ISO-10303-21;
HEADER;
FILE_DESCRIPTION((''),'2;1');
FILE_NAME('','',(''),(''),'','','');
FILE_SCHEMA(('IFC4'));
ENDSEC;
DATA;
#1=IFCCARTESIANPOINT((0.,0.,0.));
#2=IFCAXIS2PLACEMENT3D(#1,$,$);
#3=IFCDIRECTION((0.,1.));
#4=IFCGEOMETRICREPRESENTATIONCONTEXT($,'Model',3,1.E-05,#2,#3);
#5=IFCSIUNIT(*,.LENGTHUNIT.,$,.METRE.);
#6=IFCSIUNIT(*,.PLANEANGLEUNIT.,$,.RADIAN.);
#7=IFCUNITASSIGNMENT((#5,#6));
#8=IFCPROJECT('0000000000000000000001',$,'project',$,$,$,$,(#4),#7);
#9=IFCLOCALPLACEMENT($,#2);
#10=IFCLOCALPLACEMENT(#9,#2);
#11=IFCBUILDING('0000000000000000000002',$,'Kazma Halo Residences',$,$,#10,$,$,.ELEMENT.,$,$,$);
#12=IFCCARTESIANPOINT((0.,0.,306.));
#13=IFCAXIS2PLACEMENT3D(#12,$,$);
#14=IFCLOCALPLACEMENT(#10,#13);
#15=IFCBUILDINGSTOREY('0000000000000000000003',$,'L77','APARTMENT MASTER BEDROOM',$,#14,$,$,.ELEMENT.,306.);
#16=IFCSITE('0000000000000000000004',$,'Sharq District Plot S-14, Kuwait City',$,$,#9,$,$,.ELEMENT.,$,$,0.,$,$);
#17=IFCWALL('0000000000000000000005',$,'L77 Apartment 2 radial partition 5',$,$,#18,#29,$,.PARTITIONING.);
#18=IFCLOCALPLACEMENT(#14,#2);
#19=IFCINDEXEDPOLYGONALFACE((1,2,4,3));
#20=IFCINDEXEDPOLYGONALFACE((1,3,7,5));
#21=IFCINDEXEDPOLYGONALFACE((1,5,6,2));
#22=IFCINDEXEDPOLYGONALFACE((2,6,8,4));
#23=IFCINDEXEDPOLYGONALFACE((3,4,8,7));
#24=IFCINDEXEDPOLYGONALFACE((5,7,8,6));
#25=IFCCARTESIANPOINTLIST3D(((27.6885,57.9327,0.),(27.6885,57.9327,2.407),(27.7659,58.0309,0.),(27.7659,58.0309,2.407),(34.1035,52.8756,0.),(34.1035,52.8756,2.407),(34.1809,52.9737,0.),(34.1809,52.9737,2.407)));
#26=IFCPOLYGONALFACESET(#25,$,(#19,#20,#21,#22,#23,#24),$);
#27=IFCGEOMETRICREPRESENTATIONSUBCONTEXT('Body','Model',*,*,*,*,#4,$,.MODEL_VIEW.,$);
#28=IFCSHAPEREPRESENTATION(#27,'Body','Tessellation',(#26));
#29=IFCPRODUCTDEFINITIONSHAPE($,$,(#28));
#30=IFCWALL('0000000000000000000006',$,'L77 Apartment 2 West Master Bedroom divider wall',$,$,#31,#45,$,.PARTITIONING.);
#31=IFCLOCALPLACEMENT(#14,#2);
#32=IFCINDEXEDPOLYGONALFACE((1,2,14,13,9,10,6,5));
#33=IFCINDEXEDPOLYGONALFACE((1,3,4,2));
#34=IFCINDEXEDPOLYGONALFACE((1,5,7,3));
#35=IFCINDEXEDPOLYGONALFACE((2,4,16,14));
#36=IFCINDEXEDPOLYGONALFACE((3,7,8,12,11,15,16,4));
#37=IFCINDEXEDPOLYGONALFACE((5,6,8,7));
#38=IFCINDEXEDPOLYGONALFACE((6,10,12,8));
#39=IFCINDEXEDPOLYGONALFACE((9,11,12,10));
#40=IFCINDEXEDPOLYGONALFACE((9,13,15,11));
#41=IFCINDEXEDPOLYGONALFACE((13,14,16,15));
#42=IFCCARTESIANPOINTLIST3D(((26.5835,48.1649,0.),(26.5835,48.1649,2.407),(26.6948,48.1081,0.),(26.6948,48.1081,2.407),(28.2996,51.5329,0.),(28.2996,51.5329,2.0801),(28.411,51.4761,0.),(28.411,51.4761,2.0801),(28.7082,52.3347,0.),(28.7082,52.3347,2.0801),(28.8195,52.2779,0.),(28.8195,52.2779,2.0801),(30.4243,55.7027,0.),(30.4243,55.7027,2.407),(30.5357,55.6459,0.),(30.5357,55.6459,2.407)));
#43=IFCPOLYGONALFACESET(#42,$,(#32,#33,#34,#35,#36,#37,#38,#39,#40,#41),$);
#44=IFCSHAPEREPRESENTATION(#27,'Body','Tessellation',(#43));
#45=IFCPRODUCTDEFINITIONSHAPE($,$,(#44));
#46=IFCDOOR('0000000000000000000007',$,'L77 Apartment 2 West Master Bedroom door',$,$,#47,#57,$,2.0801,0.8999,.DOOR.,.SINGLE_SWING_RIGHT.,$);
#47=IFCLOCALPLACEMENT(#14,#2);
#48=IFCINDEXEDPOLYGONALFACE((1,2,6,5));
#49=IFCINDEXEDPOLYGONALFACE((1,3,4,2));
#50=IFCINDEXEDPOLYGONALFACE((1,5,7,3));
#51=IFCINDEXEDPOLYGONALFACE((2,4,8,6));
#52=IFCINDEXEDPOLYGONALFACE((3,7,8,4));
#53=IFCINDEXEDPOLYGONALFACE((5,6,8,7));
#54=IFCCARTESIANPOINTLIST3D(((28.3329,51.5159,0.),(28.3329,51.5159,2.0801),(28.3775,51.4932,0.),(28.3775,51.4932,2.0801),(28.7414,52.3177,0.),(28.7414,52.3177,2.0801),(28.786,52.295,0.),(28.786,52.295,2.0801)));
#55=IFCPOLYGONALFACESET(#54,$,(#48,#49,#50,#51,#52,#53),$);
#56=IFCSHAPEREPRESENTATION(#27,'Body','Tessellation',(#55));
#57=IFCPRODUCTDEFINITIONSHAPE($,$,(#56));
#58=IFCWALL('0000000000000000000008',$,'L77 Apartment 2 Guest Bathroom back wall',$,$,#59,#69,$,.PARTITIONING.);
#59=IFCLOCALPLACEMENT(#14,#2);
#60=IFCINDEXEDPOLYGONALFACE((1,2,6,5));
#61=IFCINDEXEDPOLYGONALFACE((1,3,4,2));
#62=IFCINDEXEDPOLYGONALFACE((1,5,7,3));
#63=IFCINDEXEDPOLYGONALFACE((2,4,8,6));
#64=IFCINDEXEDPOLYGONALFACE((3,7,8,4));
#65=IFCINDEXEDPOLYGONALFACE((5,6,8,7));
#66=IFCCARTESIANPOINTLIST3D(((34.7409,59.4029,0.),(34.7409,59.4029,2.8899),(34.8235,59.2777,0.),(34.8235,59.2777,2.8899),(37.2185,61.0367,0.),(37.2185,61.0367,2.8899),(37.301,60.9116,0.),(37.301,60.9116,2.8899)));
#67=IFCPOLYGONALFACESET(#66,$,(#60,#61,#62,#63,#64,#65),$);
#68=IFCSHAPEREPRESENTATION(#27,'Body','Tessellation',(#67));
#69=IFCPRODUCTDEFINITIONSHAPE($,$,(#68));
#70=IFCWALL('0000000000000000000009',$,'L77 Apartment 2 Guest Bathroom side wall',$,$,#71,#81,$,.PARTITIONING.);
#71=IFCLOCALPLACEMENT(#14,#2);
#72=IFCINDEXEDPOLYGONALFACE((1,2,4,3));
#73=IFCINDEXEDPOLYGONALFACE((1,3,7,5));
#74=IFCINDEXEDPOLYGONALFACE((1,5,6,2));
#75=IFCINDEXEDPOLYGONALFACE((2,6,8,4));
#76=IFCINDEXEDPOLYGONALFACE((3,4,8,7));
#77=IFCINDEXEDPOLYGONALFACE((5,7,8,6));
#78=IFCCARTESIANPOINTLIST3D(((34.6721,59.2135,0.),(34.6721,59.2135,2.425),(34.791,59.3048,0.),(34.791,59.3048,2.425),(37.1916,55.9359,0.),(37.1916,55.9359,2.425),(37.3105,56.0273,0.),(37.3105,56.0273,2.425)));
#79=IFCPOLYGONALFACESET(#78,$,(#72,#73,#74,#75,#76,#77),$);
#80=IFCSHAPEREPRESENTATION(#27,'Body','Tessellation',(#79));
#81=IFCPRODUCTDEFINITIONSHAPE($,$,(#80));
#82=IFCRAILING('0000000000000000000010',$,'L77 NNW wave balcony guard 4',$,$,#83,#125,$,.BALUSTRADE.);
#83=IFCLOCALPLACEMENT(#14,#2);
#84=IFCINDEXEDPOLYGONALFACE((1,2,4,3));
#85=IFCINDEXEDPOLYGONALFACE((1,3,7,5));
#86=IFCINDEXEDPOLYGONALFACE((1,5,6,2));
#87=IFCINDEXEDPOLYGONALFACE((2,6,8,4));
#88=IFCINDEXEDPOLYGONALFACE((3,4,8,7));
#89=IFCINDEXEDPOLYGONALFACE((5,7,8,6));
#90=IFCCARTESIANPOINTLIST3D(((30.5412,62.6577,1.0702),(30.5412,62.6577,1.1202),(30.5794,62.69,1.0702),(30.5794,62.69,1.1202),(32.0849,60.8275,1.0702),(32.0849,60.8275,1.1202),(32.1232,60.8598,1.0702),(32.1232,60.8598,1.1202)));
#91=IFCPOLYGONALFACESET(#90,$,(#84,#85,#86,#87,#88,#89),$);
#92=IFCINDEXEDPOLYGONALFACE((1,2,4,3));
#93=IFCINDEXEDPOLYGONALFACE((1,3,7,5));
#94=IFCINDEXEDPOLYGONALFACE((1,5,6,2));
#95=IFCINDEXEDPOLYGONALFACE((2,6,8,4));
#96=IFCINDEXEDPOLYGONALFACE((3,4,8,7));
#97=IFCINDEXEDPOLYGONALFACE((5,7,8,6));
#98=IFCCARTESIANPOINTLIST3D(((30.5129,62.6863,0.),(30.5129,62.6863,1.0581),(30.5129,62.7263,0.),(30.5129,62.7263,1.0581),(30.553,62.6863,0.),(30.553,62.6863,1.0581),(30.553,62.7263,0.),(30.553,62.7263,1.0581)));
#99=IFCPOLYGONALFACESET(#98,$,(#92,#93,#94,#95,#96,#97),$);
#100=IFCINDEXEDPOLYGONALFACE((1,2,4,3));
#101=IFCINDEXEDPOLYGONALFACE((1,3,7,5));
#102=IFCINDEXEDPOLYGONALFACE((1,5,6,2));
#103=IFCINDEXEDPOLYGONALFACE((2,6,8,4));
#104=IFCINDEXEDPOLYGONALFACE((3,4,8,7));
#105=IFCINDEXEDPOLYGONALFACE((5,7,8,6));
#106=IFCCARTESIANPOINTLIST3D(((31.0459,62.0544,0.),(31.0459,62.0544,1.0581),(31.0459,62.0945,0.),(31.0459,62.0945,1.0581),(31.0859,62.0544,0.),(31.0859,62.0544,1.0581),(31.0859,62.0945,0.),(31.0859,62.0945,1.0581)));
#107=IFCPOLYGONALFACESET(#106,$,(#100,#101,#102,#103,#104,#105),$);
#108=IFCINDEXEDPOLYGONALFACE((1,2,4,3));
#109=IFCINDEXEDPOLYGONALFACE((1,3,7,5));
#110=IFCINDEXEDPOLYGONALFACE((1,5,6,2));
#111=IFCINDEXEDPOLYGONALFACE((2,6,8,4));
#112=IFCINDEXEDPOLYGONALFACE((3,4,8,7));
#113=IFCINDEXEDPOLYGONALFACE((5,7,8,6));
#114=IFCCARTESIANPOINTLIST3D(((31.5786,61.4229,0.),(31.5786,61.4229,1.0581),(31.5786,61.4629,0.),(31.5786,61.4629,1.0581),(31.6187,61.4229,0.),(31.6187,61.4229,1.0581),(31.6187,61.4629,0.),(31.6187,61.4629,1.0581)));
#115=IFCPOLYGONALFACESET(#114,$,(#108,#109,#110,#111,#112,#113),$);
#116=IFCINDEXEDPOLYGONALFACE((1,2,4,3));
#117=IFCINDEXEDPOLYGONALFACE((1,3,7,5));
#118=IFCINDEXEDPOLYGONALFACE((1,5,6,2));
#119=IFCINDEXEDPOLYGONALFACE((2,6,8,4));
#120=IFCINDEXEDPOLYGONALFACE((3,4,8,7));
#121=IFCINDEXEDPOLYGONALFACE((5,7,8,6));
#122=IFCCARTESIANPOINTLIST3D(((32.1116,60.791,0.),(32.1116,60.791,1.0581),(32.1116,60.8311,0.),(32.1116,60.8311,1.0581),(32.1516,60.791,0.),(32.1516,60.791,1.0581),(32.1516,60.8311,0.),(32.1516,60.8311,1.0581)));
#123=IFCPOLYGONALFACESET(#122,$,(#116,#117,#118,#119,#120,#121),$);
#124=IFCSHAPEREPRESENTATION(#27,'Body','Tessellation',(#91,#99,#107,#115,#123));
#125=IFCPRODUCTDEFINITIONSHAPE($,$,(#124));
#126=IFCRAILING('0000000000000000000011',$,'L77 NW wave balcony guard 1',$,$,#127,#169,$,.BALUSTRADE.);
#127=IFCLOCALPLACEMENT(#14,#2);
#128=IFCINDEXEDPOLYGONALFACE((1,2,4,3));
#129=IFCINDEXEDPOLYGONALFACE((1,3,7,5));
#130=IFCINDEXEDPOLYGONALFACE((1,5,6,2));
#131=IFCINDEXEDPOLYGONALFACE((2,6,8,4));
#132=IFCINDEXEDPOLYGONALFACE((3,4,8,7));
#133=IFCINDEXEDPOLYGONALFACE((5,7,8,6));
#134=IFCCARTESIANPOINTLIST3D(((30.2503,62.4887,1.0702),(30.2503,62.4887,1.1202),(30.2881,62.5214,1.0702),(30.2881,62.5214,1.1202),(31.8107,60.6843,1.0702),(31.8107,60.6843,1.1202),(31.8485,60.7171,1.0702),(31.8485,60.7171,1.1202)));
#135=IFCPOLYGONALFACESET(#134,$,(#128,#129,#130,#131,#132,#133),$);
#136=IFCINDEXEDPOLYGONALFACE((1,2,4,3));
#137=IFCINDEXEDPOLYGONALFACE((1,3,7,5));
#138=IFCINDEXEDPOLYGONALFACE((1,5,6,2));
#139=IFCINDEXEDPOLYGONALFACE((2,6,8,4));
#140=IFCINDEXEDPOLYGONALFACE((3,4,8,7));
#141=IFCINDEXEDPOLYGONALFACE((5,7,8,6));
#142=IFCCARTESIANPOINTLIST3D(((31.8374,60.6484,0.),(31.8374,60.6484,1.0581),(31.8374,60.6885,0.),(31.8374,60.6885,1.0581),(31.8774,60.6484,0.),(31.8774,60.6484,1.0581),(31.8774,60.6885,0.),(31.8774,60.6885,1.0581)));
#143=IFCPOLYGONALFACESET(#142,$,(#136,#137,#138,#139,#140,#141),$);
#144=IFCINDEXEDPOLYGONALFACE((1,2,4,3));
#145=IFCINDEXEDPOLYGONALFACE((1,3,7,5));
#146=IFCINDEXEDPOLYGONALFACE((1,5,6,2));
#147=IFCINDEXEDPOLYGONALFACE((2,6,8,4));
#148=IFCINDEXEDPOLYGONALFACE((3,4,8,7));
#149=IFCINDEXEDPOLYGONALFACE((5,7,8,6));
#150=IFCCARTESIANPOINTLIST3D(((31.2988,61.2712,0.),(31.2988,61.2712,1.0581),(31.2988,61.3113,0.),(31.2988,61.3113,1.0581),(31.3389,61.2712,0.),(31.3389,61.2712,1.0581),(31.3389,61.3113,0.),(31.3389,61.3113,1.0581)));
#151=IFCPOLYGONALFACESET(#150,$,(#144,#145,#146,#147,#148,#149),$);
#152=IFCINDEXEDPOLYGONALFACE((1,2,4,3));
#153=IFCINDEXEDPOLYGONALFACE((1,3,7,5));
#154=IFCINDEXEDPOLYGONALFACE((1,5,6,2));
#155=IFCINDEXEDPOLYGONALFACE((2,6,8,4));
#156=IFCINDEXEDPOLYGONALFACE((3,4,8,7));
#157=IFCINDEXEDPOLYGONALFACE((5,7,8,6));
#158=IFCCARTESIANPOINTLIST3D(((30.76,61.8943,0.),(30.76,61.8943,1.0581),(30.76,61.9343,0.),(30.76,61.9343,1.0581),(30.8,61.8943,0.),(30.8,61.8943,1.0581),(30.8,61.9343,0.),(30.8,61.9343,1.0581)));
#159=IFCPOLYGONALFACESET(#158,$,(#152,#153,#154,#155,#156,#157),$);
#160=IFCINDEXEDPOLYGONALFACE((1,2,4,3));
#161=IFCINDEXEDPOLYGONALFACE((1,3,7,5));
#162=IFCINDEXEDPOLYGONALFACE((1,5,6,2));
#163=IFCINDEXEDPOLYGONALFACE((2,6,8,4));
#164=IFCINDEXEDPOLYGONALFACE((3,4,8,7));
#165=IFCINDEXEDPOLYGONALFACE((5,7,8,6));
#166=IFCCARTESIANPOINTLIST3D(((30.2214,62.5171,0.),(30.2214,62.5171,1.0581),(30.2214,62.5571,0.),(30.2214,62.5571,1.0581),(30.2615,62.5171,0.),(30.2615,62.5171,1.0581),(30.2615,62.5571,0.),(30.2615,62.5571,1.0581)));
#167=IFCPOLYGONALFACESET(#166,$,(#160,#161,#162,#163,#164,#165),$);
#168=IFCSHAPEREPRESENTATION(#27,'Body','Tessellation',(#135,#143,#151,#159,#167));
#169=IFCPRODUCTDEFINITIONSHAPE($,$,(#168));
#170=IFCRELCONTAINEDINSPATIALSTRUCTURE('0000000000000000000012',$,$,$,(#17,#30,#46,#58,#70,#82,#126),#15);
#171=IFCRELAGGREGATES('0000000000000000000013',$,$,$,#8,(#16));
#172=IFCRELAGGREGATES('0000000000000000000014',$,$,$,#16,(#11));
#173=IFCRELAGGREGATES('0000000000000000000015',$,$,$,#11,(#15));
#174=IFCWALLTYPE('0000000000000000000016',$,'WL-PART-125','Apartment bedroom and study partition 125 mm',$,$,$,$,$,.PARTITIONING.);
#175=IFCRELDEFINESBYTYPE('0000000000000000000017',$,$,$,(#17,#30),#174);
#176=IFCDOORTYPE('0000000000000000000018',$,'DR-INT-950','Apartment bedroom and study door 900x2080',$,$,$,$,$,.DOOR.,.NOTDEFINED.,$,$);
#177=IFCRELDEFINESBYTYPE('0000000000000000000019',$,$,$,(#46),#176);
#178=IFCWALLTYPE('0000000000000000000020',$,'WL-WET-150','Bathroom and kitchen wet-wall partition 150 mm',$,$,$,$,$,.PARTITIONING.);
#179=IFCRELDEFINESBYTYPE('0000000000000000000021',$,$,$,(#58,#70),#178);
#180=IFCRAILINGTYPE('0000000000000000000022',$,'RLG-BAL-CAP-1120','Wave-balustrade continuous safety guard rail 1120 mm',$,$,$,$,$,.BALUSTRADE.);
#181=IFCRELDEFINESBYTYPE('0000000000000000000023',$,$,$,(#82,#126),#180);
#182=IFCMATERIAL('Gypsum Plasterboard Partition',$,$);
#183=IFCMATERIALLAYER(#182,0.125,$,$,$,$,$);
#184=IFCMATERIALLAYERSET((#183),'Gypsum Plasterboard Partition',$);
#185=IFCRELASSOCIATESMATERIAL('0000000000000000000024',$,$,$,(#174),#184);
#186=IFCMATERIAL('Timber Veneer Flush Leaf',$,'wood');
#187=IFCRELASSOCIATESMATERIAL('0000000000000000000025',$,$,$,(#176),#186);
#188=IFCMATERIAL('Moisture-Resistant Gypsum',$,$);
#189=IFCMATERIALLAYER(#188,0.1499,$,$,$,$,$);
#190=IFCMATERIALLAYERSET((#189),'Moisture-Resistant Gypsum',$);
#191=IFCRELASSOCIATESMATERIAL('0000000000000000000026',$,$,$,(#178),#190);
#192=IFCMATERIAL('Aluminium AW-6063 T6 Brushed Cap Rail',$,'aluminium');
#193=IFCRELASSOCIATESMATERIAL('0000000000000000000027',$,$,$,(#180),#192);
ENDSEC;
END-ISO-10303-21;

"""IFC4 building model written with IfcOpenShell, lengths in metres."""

from ifc_helpers import new_model, si_unit, direction, frame, frame_2d, origin, origin_2d, place, context, subcontext, project, spatial, rectangle, extrude, material, layer, layer_set, type_object, element, fill, save


model = new_model("IFC4")

# Units and contexts
model_context = context("Model", 3, precision=1e-05, world=origin(), true_north=direction((0.0, 1.0)))
body_context = subcontext(model_context, "Body", "Model", "MODEL_VIEW")
ifc_project = project(units=[si_unit("LENGTHUNIT", "METRE"), si_unit("PLANEANGLEUNIT", "RADIAN")], contexts=[model_context])

# Site, building, storey
site_placement = place(None, origin())
site = spatial("IfcSite", under=ifc_project, at=site_placement, Name="Sharq District Plot S-14, Kuwait City", CompositionType="ELEMENT", RefElevation=0.0)
building_placement = place(site_placement, origin())
building = spatial("IfcBuilding", under=site, at=building_placement, Name="Kazma Halo Residences", CompositionType="ELEMENT")
storey_placement = place(building_placement, frame((0.0, 0.0, 306.0)))
storey = spatial("IfcBuildingStorey", under=building, at=storey_placement, Name="L77", Description="APARTMENT MASTER BEDROOM", CompositionType="ELEMENT", Elevation=306.0)

# Shared definitions
ifc_material_1 = material(Name="Gypsum Plasterboard Partition")
ifc_layer_1 = layer(ifc_material_1, 0.125)
ifc_layer_set_1 = layer_set([ifc_layer_1], Name="Gypsum Plasterboard Partition")
wall_type_1 = type_object("IfcWallType", Name="WL-PART-125", Description="Apartment bedroom and study partition 125 mm", PredefinedType="PARTITIONING", material=ifc_layer_set_1)
ifc_material_2 = material(Name="Timber Veneer Flush Leaf", Category="wood")
door_type_1 = type_object("IfcDoorType", Name="DR-INT-950", Description="Apartment bedroom and study door 900x2080", OperationType="NOTDEFINED", PredefinedType="DOOR", material=ifc_material_2)

# Wall
wall_1_placement = place(storey_placement, frame((34.1423, 52.9246, 0.0), z_axis=(0.0, 0.0, 1.0), x_axis=(-0.785322, 0.619088, 0.0)))
element("IfcWall", 1, at=wall_1_placement, inside=storey, type_object=wall_type_1, Name="L77 Apartment 2 radial partition 5", PredefinedType="PARTITIONING", context=body_context, shape_type="SweptSolid", body=[
    extrude(rectangle(XDim=8.1687, YDim=0.125, at=frame_2d((4.0845, 0.0))), origin(), (0.0, 0.0, 1.0), 2.407),
])

# Wall, opening, door
wall_2_placement = place(storey_placement, frame((30.48, 55.6743, 0.0), z_axis=(0.0, 0.0, 1.0), x_axis=(-0.454, -0.891002, 0.0)))
wall_2 = element("IfcWall", 2, at=wall_2_placement, inside=storey, type_object=wall_type_1, Name="L77 Apartment 2 West Master Bedroom divider wall", PredefinedType="PARTITIONING", context=body_context, shape_type="SweptSolid", body=[
    extrude(rectangle(XDim=8.46, YDim=0.125, at=frame_2d((4.23, 0.0))), origin(), (0.0, 0.0, 1.0), 2.407),
])
opening_1_placement = place(wall_2_placement, frame((3.78, 0.0, 0.0)))
opening_1 = element("IfcOpeningElement", 3, at=opening_1_placement, cuts=wall_2, PredefinedType="OPENING", context=body_context, shape_type="SweptSolid", body=[
    extrude(rectangle(XDim=0.8999, YDim=2.0801, at=frame_2d((0.45, 1.04))), frame((0.0, 0.0725, 0.0), z_axis=(0.0, -1.0, 0.0), x_axis=(1.0, 0.0, 0.0)), (0.0, 0.0, 1.0), 0.145),
])
door_1_placement = place(opening_1_placement, origin())
door_1 = element("IfcDoor", 4, at=door_1_placement, inside=storey, type_object=door_type_1, Name="L77 Apartment 2 West Master Bedroom door", OperationType="SINGLE_SWING_RIGHT", OverallHeight=2.0801, OverallWidth=0.8999, PredefinedType="DOOR", context=body_context, shape_type="SweptSolid", body=[
    extrude(rectangle(XDim=0.8999, YDim=2.0801, at=frame_2d((0.45, 1.04))), frame((0.0, 0.0249, 0.0), z_axis=(0.0, -1.0, 0.0), x_axis=(1.0, 0.0, 0.0)), (0.0, 0.0, 1.0), 0.05),
])
fill(opening_1, door_1)

# Walls
ifc_material_3 = material(Name="Moisture-Resistant Gypsum")
ifc_layer_2 = layer(ifc_material_3, 0.1499)
ifc_layer_set_2 = layer_set([ifc_layer_2], Name="Moisture-Resistant Gypsum")
wall_type_2 = type_object("IfcWallType", Name="WL-WET-150", Description="Bathroom and kitchen wet-wall partition 150 mm", PredefinedType="PARTITIONING", material=ifc_layer_set_2)
wall_3_placement = place(storey_placement, frame((37.2598, 60.9741, 0.0), z_axis=(0.0, 0.0, 1.0), x_axis=(-0.834824, -0.550517, 0.0)))
element("IfcWall", 5, at=wall_3_placement, inside=storey, type_object=wall_type_2, Name="L77 Apartment 2 Guest Bathroom back wall", PredefinedType="PARTITIONING", context=body_context, shape_type="SweptSolid", body=[
    extrude(rectangle(XDim=2.9678, YDim=0.1499, at=frame_2d((1.4839, 0.0))), origin(), (0.0, 0.0, 1.0), 2.8899),
])
wall_4_placement = place(storey_placement, frame((37.251, 55.9817, 0.0), z_axis=(0.0, 0.0, 1.0), x_axis=(-0.609454, 0.792822, 0.0)))
element("IfcWall", 6, at=wall_4_placement, inside=storey, type_object=wall_type_2, Name="L77 Apartment 2 Guest Bathroom side wall", PredefinedType="PARTITIONING", context=body_context, shape_type="SweptSolid", body=[
    extrude(rectangle(XDim=4.134, YDim=0.1499, at=frame_2d((2.0669, 0.0))), origin(), (0.0, 0.0, 1.0), 2.425),
])

# Railings
ifc_material_4 = material(Name="Aluminium AW-6063 T6 Brushed Cap Rail", Category="aluminium")
railing_type = type_object("IfcRailingType", Name="RLG-BAL-CAP-1120", Description="Wave-balustrade continuous safety guard rail 1120 mm", PredefinedType="BALUSTRADE", material=ifc_material_4)
railing_1_placement = place(storey_placement, frame((30.533, 62.7063, 0.0)))
element("IfcRailing", 7, at=railing_1_placement, inside=storey, type_object=railing_type, Name="L77 NNW wave balcony guard 4", PredefinedType="BALUSTRADE", context=body_context, shape_type="SweptSolid", body=[
    extrude(rectangle(XDim=0.05, YDim=0.05, at=origin_2d()), frame((0.0273, -0.0325, 1.0952), z_axis=(0.644754, -0.76439, 0.0), x_axis=(0.76439, 0.644754, 0.0)), (0.0, 0.0, 1.0), 2.3943),
    extrude(rectangle(XDim=0.04, YDim=0.04, at=origin_2d()), origin(), (0.0, 0.0, 1.0), 1.0581),
    extrude(rectangle(XDim=0.04, YDim=0.04, at=origin_2d()), frame((0.533, -0.6318, 0.0)), (0.0, 0.0, 1.0), 1.0581),
    extrude(rectangle(XDim=0.04, YDim=0.04, at=origin_2d()), frame((1.0657, -1.2634, 0.0)), (0.0, 0.0, 1.0), 1.0581),
    extrude(rectangle(XDim=0.04, YDim=0.04, at=origin_2d()), frame((1.5986, -1.8953, 0.0)), (0.0, 0.0, 1.0), 1.0581),
])
railing_2_placement = place(storey_placement, frame((31.8574, 60.6685, 0.0)))
element("IfcRailing", 8, at=railing_2_placement, inside=storey, type_object=railing_type, Name="L77 NW wave balcony guard 1", PredefinedType="BALUSTRADE", context=body_context, shape_type="SweptSolid", body=[
    extrude(rectangle(XDim=0.05, YDim=0.05, at=origin_2d()), frame((-0.0278, 0.0322, 1.0952), z_axis=(-0.654114, 0.756396, 0.0), x_axis=(-0.756396, -0.654114, 0.0)), (0.0, 0.0, 1.0), 2.3855),
    extrude(rectangle(XDim=0.04, YDim=0.04, at=origin_2d()), origin(), (0.0, 0.0, 1.0), 1.0581),
    extrude(rectangle(XDim=0.04, YDim=0.04, at=origin_2d()), frame((-0.5386, 0.6228, 0.0)), (0.0, 0.0, 1.0), 1.0581),
    extrude(rectangle(XDim=0.04, YDim=0.04, at=origin_2d()), frame((-1.0774, 1.2458, 0.0)), (0.0, 0.0, 1.0), 1.0581),
    extrude(rectangle(XDim=0.04, YDim=0.04, at=origin_2d()), frame((-1.616, 1.8687, 0.0)), (0.0, 0.0, 1.0), 1.0581),
])

save(model, "model.ifc")
